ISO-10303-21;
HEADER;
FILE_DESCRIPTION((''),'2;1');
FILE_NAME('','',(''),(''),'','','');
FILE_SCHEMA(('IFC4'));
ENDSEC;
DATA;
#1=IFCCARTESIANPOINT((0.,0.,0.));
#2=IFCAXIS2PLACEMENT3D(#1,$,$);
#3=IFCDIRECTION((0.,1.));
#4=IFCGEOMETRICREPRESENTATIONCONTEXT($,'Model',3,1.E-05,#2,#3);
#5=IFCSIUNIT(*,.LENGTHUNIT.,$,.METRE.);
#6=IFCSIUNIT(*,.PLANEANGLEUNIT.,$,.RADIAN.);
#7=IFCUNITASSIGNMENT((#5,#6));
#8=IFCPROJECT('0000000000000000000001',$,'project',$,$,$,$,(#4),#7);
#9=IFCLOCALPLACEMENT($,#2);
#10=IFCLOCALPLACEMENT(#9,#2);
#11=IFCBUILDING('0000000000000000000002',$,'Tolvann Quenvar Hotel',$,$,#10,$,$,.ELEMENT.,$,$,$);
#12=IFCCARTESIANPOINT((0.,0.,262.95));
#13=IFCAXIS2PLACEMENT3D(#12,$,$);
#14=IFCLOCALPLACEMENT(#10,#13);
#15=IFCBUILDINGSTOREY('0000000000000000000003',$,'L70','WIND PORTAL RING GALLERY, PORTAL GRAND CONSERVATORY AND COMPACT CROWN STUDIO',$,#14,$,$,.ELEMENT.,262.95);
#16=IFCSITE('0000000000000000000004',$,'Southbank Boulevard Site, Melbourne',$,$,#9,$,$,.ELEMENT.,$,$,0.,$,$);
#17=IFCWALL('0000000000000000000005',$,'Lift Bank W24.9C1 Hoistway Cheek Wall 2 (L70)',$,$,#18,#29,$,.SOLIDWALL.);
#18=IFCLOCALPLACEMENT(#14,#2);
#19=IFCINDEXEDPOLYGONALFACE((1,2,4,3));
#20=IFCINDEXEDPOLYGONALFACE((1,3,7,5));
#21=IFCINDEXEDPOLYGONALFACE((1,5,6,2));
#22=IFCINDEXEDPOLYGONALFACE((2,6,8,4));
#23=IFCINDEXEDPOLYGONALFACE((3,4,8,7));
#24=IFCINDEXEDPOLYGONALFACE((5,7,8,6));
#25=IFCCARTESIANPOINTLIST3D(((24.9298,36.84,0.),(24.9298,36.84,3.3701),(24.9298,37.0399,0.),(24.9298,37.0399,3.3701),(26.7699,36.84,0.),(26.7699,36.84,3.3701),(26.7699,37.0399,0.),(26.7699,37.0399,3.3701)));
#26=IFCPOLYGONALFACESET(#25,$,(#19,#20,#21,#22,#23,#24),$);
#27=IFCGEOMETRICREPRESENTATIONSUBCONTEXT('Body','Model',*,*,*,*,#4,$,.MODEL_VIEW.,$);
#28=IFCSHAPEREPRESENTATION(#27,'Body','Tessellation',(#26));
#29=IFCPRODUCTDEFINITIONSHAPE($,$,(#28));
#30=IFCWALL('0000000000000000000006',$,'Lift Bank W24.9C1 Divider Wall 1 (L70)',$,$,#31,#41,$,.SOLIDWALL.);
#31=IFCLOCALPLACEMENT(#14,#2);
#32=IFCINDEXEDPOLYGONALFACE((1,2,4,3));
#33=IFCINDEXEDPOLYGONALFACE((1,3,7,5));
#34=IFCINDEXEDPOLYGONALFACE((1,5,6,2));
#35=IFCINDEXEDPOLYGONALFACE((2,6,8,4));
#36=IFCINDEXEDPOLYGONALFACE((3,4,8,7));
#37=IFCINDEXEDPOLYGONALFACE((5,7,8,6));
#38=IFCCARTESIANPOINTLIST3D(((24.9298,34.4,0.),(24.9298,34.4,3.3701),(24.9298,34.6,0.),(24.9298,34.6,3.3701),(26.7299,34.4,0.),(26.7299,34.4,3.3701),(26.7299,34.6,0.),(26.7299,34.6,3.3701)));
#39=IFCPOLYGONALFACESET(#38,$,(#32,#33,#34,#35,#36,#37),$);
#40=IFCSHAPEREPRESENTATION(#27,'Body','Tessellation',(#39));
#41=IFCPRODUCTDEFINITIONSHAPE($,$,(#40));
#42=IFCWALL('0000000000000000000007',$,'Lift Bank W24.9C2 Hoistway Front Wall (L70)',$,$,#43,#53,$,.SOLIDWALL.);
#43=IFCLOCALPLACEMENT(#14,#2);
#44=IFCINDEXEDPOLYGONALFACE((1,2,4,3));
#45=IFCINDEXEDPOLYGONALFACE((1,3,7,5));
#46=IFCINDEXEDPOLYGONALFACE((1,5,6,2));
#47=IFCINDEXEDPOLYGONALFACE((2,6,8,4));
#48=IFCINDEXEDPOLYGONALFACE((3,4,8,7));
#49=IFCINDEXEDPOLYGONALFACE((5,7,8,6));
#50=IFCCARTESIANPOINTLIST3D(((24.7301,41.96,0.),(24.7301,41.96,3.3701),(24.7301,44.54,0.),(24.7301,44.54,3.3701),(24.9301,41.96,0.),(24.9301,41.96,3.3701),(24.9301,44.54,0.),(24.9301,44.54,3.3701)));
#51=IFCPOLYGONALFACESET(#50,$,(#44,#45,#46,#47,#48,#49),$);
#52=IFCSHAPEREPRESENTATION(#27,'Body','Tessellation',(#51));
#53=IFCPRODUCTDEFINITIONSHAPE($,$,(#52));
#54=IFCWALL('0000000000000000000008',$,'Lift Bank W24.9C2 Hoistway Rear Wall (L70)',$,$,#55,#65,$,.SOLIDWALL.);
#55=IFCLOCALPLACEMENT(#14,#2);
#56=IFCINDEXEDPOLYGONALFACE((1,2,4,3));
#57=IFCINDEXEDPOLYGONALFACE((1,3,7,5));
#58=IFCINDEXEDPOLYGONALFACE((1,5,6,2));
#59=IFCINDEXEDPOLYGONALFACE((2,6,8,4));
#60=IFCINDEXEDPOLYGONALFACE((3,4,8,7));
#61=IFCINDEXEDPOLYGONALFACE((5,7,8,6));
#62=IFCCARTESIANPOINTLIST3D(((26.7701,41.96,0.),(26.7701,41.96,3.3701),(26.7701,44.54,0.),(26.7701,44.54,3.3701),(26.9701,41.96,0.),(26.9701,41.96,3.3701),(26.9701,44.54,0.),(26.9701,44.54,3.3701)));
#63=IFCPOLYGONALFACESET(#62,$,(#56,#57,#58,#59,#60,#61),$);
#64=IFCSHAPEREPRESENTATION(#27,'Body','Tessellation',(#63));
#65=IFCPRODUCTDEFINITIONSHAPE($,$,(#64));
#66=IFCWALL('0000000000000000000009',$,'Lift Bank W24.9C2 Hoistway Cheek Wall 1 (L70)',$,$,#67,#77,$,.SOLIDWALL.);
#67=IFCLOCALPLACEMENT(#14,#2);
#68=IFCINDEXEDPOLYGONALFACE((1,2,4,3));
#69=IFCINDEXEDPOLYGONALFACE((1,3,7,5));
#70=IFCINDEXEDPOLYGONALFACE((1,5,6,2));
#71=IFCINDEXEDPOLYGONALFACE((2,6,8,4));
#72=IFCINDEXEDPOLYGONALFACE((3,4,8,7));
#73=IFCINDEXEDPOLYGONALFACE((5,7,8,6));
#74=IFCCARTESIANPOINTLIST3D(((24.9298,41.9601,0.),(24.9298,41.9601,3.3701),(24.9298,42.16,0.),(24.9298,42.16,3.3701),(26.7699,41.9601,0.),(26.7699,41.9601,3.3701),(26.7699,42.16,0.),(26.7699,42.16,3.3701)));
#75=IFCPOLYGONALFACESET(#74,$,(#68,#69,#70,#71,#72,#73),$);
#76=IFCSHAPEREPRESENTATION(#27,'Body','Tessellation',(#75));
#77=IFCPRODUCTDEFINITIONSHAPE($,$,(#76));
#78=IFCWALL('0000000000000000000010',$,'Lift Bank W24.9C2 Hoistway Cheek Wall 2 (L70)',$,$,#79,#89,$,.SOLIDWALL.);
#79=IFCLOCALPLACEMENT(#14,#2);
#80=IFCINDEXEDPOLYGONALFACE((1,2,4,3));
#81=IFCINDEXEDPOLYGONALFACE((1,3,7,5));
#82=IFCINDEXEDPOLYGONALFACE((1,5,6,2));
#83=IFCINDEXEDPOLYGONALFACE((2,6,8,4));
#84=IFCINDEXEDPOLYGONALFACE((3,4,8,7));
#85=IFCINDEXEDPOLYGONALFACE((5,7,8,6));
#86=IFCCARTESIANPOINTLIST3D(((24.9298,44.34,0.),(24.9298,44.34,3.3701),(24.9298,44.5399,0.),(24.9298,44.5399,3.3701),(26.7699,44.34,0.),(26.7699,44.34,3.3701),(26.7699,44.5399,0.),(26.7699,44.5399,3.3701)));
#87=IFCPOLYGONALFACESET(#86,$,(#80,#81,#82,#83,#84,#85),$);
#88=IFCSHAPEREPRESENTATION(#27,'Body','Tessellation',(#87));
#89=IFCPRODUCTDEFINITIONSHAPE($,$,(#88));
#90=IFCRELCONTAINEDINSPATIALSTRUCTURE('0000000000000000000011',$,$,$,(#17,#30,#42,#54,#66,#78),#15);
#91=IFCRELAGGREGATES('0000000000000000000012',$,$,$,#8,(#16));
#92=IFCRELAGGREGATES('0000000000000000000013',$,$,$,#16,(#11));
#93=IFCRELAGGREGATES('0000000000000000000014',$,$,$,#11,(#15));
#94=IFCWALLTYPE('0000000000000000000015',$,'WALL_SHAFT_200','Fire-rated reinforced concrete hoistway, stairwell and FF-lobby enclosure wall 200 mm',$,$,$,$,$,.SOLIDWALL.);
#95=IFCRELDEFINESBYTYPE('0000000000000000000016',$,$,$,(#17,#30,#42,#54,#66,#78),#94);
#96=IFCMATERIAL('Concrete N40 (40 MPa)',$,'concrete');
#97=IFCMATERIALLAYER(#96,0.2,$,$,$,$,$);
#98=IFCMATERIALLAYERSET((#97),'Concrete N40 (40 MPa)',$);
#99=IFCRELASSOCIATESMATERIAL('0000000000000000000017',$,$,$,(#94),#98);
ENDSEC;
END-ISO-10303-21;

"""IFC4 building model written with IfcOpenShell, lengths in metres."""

from ifc_helpers import new_model, si_unit, direction, frame, frame_2d, origin, place, context, subcontext, project, spatial, rectangle, extrude, material, layer, layer_set, type_object, element, save


model = new_model("IFC4")

# Units and contexts
model_context = context("Model", 3, precision=1e-05, world=origin(), true_north=direction((0.0, 1.0)))
body_context = subcontext(model_context, "Body", "Model", "MODEL_VIEW")
ifc_project = project(units=[si_unit("LENGTHUNIT", "METRE"), si_unit("PLANEANGLEUNIT", "RADIAN")], contexts=[model_context])

# Site, building, storey
site_placement = place(None, origin())
site = spatial("IfcSite", under=ifc_project, at=site_placement, Name="Southbank Boulevard Site, Melbourne", CompositionType="ELEMENT", RefElevation=0.0)
building_placement = place(site_placement, origin())
building = spatial("IfcBuilding", under=site, at=building_placement, Name="Tolvann Quenvar Hotel", CompositionType="ELEMENT")
storey_placement = place(building_placement, frame((0.0, 0.0, 262.95)))
storey = spatial("IfcBuildingStorey", under=building, at=storey_placement, Name="L70", Description="WIND PORTAL RING GALLERY, PORTAL GRAND CONSERVATORY AND COMPACT CROWN STUDIO", CompositionType="ELEMENT", Elevation=262.95)

# Walls
ifc_material_1 = material(Name="Concrete N40 (40 MPa)", Category="concrete")
ifc_layer_1 = layer(ifc_material_1, 0.2)
ifc_layer_set_1 = layer_set([ifc_layer_1], Name="Concrete N40 (40 MPa)")
wall_type_1 = type_object("IfcWallType", Name="WALL_SHAFT_200", Description="Fire-rated reinforced concrete hoistway, stairwell and FF-lobby enclosure wall 200 mm", PredefinedType="SOLIDWALL", material=ifc_layer_set_1)
wall_1_placement = place(storey_placement, frame((24.9299, 36.9399, 0.0), z_axis=(0.0, 0.0, 1.0), x_axis=(1.0, 0.0, 0.0)))
element("IfcWall", 1, at=wall_1_placement, inside=storey, type_object=wall_type_1, Name="Lift Bank W24.9C1 Hoistway Cheek Wall 2 (L70)", PredefinedType="SOLIDWALL", context=body_context, shape_type="SweptSolid", body=[
    extrude(rectangle(XDim=1.8401, YDim=0.2, at=frame_2d((0.9199, 0.0))), origin(), (0.0, 0.0, 1.0), 3.3701),
])
wall_2_placement = place(storey_placement, frame((24.9299, 34.5, 0.0), z_axis=(0.0, 0.0, 1.0), x_axis=(1.0, 0.0, 0.0)))
element("IfcWall", 2, at=wall_2_placement, inside=storey, type_object=wall_type_1, Name="Lift Bank W24.9C1 Divider Wall 1 (L70)", PredefinedType="SOLIDWALL", context=body_context, shape_type="SweptSolid", body=[
    extrude(rectangle(XDim=1.8, YDim=0.2, at=frame_2d((0.8999, 0.0))), origin(), (0.0, 0.0, 1.0), 3.3701),
])
for number, where, z_axis, x_axis, name in (
    (3, (24.8301, 41.96, 0.0), (0.0, 0.0, 1.0), (0.0, 1.0, 0.0), "Lift Bank W24.9C2 Hoistway Front Wall (L70)"),
    (4, (26.8701, 41.96, 0.0), (0.0, 0.0, 1.0), (0.0, 1.0, 0.0), "Lift Bank W24.9C2 Hoistway Rear Wall (L70)"),
):
    element("IfcWall", number, at=place(storey_placement, frame(where, z_axis=z_axis, x_axis=x_axis)), inside=storey, type_object=wall_type_1, Name=name, PredefinedType="SOLIDWALL", context=body_context, shape_type="SweptSolid", body=[
        extrude(rectangle(XDim=2.5801, YDim=0.2, at=frame_2d((1.29, 0.0))), origin(), (0.0, 0.0, 1.0), 3.3701),
    ])
for number, where, z_axis, x_axis, name in (
    (5, (24.9299, 42.0601, 0.0), (0.0, 0.0, 1.0), (1.0, 0.0, 0.0), "Lift Bank W24.9C2 Hoistway Cheek Wall 1 (L70)"),
    (6, (24.9299, 44.4399, 0.0), (0.0, 0.0, 1.0), (1.0, 0.0, 0.0), "Lift Bank W24.9C2 Hoistway Cheek Wall 2 (L70)"),
):
    element("IfcWall", number, at=place(storey_placement, frame(where, z_axis=z_axis, x_axis=x_axis)), inside=storey, type_object=wall_type_1, Name=name, PredefinedType="SOLIDWALL", context=body_context, shape_type="SweptSolid", body=[
        extrude(rectangle(XDim=1.8401, YDim=0.2, at=frame_2d((0.9199, 0.0))), origin(), (0.0, 0.0, 1.0), 3.3701),
    ])

save(model, "model.ifc")
